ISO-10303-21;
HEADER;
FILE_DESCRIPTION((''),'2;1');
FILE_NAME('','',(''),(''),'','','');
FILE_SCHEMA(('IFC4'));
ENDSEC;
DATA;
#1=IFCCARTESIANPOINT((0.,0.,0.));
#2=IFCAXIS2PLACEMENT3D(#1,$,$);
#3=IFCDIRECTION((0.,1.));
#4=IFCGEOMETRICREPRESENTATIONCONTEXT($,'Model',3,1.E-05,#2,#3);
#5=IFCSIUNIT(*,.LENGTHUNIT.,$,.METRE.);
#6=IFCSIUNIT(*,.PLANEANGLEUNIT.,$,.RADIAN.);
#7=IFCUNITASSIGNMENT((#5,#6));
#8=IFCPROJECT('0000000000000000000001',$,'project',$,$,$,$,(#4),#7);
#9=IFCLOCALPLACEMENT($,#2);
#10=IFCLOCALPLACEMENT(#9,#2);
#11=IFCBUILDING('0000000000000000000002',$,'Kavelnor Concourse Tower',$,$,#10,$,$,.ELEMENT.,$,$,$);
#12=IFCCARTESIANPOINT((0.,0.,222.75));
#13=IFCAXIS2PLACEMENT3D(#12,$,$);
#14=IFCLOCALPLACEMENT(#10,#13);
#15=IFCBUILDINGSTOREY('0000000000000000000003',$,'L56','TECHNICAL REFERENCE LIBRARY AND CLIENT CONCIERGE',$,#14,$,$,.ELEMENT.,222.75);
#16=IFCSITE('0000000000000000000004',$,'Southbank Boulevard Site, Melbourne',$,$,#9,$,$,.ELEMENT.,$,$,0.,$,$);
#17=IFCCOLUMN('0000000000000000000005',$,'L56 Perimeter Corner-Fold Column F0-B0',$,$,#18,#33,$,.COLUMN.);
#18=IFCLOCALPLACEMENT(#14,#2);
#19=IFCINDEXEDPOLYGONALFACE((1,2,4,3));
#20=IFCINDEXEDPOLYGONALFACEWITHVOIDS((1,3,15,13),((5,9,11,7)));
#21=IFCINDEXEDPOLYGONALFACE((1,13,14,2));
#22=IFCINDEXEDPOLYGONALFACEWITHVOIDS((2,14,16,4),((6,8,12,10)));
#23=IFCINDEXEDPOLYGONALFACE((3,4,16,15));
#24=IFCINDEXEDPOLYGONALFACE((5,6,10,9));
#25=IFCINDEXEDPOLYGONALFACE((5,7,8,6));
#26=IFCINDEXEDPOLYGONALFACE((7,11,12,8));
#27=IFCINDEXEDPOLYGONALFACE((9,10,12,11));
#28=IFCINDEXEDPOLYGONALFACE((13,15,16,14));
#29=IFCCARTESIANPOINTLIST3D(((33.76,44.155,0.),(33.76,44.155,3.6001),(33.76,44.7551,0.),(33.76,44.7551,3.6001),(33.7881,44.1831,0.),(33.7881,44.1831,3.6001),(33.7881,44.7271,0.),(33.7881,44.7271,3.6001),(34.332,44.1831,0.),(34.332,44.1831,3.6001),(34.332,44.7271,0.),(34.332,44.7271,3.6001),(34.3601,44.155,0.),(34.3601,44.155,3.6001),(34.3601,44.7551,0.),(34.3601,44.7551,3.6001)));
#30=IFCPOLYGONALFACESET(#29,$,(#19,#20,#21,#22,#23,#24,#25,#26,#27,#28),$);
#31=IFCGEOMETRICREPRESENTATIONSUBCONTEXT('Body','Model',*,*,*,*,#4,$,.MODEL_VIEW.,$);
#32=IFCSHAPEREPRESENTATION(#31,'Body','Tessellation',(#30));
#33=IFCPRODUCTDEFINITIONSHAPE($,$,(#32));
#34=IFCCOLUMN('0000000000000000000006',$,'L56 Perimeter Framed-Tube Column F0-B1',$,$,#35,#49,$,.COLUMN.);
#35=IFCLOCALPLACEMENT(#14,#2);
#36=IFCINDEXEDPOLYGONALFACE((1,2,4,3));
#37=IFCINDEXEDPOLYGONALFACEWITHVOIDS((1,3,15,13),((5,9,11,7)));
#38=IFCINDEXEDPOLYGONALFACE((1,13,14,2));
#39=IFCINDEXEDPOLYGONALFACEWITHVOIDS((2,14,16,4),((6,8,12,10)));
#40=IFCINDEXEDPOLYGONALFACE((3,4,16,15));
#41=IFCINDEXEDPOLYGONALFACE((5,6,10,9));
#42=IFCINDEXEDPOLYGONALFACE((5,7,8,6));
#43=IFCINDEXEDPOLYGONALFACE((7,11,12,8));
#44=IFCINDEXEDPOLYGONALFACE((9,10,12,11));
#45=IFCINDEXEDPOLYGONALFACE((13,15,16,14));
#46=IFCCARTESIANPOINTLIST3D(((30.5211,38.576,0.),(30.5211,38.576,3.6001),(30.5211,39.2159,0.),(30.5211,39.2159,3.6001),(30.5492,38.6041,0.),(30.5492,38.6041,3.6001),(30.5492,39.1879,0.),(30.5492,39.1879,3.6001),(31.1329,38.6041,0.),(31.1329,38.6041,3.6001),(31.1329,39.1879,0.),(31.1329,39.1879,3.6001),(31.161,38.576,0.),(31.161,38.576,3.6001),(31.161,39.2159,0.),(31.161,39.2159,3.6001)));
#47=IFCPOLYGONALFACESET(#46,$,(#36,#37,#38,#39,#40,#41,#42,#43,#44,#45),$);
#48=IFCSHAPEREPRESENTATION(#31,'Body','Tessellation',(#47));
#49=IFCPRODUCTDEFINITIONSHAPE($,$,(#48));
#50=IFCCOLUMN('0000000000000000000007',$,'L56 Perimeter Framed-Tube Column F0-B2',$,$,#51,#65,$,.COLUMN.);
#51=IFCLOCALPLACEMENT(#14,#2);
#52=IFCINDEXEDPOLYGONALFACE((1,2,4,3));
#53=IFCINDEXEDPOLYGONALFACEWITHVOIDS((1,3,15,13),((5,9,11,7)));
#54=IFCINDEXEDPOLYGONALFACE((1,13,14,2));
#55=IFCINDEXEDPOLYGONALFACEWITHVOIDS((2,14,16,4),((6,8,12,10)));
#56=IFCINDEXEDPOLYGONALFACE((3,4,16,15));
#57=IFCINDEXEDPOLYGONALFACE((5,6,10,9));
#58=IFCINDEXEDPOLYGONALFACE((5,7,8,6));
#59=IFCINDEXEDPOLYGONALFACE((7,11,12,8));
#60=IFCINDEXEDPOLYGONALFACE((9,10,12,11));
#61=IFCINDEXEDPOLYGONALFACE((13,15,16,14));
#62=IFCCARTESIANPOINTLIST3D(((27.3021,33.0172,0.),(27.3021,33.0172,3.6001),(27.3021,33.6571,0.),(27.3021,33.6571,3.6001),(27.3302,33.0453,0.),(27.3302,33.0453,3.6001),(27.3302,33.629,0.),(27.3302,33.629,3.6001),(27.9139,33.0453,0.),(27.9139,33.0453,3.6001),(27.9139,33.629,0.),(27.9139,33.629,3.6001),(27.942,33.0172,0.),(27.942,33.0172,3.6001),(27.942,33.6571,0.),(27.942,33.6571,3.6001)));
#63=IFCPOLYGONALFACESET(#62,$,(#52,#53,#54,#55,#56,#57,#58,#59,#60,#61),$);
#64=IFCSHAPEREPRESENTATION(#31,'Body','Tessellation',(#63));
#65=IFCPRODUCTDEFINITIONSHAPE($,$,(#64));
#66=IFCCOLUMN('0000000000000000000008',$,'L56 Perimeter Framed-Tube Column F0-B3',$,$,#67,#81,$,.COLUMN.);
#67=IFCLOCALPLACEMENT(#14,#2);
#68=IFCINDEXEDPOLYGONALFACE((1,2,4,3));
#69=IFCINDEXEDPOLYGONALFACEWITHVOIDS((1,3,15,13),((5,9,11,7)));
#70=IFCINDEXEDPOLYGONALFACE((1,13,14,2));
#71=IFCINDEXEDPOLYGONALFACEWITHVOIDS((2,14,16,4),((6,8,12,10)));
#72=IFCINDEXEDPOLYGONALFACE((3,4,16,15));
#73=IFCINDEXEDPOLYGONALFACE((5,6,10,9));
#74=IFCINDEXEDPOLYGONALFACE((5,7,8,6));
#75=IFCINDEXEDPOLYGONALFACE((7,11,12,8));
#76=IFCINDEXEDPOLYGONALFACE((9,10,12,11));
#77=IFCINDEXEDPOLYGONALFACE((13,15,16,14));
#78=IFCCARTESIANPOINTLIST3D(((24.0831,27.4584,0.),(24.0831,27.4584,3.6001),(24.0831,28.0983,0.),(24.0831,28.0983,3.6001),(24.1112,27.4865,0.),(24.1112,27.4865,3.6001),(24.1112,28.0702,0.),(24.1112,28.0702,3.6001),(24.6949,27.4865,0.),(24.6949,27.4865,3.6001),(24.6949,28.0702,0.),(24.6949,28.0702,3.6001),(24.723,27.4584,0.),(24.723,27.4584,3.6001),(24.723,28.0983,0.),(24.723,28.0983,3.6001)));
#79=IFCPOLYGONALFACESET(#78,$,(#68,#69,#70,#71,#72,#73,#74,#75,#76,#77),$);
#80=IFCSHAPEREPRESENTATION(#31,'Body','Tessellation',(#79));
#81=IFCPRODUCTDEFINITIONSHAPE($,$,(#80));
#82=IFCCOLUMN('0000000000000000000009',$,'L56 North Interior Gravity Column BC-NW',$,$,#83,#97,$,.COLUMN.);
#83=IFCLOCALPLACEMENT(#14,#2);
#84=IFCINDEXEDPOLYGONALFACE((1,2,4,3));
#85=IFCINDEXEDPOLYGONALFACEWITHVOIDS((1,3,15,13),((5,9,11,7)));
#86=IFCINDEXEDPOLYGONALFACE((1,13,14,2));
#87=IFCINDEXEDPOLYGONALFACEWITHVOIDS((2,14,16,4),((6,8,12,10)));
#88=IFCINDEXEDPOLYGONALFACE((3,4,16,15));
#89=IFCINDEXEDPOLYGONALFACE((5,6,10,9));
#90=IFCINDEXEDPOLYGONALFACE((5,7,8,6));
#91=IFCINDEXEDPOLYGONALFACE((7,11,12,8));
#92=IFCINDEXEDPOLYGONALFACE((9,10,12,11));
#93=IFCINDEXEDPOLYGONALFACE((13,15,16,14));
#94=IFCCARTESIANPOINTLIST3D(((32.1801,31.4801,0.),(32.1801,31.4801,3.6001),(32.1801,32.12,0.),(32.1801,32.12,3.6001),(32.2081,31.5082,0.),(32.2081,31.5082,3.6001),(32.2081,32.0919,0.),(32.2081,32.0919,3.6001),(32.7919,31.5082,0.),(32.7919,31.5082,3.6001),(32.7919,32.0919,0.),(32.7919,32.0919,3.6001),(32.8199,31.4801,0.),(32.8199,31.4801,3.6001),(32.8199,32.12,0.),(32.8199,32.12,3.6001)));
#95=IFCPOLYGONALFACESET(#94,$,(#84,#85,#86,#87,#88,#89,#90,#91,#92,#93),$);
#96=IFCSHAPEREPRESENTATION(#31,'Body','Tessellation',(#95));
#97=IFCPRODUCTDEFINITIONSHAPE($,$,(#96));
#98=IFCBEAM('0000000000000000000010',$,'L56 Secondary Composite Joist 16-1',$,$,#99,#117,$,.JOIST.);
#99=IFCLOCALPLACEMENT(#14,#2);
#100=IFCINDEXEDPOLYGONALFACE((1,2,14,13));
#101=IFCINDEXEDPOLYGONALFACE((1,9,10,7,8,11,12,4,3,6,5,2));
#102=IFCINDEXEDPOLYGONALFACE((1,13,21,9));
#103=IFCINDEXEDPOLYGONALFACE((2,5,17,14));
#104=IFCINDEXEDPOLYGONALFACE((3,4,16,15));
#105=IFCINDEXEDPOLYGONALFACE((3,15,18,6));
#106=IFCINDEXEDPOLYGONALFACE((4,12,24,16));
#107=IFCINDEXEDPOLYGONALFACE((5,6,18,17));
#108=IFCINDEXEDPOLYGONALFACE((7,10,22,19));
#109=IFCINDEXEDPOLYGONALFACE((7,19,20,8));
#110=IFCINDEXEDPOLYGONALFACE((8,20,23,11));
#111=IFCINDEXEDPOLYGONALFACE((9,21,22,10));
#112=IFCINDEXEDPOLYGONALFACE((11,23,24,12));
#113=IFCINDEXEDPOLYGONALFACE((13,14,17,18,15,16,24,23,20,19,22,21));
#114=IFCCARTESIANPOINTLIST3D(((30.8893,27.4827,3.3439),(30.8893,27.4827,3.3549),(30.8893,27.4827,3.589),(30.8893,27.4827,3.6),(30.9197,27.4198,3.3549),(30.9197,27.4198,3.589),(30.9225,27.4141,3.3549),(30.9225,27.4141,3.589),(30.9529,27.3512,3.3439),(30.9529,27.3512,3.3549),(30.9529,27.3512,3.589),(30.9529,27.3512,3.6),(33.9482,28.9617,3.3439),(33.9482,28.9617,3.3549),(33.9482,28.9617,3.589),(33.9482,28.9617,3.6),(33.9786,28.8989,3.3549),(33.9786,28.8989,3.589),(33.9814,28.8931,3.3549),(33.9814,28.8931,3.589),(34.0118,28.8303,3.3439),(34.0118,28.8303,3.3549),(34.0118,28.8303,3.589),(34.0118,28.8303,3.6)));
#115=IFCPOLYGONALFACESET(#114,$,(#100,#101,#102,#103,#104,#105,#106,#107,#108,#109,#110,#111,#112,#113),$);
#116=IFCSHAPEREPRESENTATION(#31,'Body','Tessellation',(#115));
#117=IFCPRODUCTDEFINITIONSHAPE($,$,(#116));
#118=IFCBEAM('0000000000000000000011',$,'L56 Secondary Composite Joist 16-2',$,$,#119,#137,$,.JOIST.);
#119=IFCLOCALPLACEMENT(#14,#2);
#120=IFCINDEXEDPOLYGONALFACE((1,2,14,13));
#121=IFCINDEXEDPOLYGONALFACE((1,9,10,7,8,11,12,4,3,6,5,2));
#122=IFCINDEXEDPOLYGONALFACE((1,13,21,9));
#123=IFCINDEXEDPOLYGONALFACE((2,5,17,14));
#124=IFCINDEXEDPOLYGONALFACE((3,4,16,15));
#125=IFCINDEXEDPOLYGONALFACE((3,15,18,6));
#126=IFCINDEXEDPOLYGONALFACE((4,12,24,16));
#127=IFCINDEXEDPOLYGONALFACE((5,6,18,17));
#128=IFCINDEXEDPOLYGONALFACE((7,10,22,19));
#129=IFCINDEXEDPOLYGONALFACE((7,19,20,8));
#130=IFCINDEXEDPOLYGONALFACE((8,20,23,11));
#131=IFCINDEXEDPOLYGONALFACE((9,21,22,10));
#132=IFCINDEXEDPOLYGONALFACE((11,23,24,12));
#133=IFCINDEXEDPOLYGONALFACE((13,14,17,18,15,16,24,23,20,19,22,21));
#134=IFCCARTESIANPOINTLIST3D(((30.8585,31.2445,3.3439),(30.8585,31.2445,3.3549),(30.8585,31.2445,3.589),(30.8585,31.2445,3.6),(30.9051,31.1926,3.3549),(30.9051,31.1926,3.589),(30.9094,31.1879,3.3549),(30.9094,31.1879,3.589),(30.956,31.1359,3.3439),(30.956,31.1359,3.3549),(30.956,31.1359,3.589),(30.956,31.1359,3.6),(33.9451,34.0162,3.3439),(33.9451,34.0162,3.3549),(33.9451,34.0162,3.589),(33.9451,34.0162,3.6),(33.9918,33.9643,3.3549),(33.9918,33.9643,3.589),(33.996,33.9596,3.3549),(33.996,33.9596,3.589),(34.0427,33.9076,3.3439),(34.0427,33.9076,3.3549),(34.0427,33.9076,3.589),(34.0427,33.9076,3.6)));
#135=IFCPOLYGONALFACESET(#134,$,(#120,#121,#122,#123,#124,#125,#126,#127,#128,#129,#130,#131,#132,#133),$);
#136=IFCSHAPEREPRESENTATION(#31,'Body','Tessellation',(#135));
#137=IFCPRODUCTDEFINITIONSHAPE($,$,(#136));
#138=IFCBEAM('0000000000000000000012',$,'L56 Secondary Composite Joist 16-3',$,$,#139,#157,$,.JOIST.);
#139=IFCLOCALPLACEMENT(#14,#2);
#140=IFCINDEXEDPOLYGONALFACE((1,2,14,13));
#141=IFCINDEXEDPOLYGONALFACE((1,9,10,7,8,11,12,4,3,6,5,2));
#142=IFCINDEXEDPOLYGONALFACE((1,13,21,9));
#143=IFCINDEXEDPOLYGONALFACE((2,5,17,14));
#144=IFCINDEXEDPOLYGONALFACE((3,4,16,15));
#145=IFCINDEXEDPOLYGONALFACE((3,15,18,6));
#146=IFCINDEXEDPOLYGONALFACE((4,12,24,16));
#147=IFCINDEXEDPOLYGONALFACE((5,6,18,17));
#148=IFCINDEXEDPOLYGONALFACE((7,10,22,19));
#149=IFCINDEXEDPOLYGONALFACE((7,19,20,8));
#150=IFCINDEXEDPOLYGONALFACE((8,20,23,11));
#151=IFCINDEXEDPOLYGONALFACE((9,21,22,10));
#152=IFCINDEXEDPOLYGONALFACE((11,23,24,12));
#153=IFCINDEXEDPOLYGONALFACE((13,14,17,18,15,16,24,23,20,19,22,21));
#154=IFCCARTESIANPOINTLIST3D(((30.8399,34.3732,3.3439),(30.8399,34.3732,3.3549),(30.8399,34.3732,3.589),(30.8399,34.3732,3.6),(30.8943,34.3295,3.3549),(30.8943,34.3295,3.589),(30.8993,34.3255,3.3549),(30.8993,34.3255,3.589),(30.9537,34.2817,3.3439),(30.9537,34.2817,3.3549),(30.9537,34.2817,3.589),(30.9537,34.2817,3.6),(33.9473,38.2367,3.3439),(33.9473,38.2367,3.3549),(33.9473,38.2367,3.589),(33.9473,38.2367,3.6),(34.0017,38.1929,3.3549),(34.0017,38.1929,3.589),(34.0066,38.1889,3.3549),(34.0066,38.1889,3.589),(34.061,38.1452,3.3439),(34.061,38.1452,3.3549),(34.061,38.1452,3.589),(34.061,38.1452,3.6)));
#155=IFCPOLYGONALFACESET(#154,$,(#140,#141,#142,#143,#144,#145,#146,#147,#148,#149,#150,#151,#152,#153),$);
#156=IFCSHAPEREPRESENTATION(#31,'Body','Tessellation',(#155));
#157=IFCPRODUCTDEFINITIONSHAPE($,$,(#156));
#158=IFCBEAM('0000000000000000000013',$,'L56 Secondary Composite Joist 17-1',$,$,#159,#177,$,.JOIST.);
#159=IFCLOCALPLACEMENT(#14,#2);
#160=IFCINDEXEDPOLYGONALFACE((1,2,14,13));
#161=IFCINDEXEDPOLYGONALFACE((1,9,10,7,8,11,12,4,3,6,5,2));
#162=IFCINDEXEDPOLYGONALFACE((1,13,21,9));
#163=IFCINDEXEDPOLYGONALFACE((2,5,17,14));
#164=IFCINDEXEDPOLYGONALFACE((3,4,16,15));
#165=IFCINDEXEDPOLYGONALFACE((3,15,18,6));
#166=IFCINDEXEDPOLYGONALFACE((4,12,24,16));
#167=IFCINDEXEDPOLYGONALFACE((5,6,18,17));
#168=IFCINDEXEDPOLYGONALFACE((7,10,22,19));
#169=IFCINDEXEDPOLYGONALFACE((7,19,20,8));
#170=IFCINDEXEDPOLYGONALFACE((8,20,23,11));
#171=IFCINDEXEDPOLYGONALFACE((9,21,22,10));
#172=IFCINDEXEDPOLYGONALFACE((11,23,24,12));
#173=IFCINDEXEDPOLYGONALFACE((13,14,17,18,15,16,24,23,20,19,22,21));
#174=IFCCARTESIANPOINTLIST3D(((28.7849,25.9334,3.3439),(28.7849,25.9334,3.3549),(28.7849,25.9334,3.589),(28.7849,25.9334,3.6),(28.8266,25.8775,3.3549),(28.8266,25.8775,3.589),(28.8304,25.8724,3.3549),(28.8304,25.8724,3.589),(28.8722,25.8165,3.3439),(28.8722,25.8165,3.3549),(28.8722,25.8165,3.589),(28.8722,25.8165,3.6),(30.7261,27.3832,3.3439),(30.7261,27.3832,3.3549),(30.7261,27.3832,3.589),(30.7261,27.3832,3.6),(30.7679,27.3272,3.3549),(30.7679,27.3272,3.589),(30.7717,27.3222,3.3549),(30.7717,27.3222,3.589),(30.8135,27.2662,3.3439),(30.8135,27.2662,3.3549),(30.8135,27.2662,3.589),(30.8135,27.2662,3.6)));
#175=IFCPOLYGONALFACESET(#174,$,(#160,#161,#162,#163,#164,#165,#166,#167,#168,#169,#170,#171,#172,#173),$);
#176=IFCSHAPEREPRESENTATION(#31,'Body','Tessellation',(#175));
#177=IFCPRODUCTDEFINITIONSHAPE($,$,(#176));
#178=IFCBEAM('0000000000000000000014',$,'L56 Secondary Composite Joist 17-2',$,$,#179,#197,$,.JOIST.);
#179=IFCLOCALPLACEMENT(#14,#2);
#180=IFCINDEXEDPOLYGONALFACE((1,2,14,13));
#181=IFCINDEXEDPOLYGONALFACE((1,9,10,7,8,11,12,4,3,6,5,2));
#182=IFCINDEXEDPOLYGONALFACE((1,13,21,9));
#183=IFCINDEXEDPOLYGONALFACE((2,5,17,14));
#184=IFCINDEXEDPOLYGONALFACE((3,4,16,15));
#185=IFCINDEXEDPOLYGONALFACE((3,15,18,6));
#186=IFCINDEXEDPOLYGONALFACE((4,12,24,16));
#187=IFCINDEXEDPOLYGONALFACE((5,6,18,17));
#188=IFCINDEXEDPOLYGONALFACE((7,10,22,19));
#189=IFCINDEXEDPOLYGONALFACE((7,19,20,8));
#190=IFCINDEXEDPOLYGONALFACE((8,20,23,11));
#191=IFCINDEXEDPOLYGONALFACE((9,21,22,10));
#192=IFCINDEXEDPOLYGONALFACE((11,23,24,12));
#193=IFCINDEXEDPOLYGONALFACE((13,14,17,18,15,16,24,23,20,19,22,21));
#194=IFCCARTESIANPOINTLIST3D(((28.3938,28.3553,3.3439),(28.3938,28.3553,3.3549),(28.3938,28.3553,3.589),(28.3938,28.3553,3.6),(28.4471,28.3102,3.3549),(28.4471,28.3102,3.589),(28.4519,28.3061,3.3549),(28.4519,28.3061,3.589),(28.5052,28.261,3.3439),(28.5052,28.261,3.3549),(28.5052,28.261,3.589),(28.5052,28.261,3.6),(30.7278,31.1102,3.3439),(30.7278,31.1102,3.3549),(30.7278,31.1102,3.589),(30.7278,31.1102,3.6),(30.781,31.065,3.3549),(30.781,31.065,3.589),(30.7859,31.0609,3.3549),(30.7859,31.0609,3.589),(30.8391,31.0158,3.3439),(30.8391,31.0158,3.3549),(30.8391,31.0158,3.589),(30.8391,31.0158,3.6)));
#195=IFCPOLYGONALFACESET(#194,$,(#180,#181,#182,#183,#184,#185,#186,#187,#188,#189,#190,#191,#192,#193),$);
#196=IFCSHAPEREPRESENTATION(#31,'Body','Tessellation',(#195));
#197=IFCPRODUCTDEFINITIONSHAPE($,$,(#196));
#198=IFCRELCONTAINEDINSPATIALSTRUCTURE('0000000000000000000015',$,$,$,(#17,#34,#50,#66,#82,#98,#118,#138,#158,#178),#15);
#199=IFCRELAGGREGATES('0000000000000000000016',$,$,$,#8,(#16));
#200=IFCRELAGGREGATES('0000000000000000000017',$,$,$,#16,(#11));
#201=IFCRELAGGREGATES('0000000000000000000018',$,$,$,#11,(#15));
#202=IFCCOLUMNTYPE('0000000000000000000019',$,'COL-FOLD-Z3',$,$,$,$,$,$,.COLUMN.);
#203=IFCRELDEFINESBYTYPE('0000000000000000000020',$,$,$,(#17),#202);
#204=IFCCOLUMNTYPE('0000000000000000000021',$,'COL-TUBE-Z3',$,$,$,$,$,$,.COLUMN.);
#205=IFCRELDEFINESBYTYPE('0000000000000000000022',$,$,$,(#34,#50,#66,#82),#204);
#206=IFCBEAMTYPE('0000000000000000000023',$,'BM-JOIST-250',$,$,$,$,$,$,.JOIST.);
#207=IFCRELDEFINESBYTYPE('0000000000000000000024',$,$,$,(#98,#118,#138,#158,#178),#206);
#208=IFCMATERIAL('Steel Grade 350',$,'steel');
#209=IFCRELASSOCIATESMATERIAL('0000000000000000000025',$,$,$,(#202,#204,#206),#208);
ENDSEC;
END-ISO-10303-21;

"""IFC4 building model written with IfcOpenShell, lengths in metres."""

from ifc_helpers import new_model, si_unit, direction, frame, origin, origin_2d, place, context, subcontext, project, spatial, hollow_rectangle, i_section, extrude, material, material_profile, profile_set, type_object, element, save


model = new_model("IFC4")

# Units and contexts
model_context = context("Model", 3, precision=1e-05, world=origin(), true_north=direction((0.0, 1.0)))
body_context = subcontext(model_context, "Body", "Model", "MODEL_VIEW")
ifc_project = project(units=[si_unit("LENGTHUNIT", "METRE"), si_unit("PLANEANGLEUNIT", "RADIAN")], contexts=[model_context])

# Site, building, storey
site_placement = place(None, origin())
site = spatial("IfcSite", under=ifc_project, at=site_placement, Name="Southbank Boulevard Site, Melbourne", CompositionType="ELEMENT", RefElevation=0.0)
building_placement = place(site_placement, origin())
building = spatial("IfcBuilding", under=site, at=building_placement, Name="Kavelnor Concourse Tower", CompositionType="ELEMENT")
storey_placement = place(building_placement, frame((0.0, 0.0, 222.75)))
storey = spatial("IfcBuildingStorey", under=building, at=storey_placement, Name="L56", Description="TECHNICAL REFERENCE LIBRARY AND CLIENT CONCIERGE", CompositionType="ELEMENT", Elevation=222.75)

# Columns
ifc_material_1 = material(Name="Steel Grade 350", Category="steel")
ifc_material_profile_1 = material_profile(ifc_material_1, hollow_rectangle(XDim=0.6001, YDim=0.6001, WallThickness=0.0281, at=origin_2d()), Name="SHS 600x600x28")
ifc_profile_set_1 = profile_set([ifc_material_profile_1], Name="Steel Grade 350")
column_type_1 = type_object("IfcColumnType", Name="COL-FOLD-Z3", PredefinedType="COLUMN", material=ifc_profile_set_1)
column_placement = place(storey_placement, frame((34.0601, 44.4551, 0.0), z_axis=(0.0, 0.0, 1.0), x_axis=(1.0, 0.0, 0.0)))
element("IfcColumn", 1, at=column_placement, inside=storey, type_object=column_type_1, Name="L56 Perimeter Corner-Fold Column F0-B0", PredefinedType="COLUMN", context=body_context, shape_type="SweptSolid", body=[
    extrude(hollow_rectangle(XDim=0.6001, YDim=0.6001, WallThickness=0.0281, at=origin_2d()), origin(), (0.0, 0.0, 1.0), 3.6001),
])
ifc_material_profile_2 = material_profile(ifc_material_1, hollow_rectangle(XDim=0.6399, YDim=0.6399, WallThickness=0.0281, at=origin_2d()), Name="SHS 640x640x28")
ifc_profile_set_2 = profile_set([ifc_material_profile_2], Name="Steel Grade 350")
column_type_2 = type_object("IfcColumnType", Name="COL-TUBE-Z3", PredefinedType="COLUMN", material=ifc_profile_set_2)
for number, where, z_axis, x_axis, name in (
    (2, (30.8411, 38.896, 0.0), (0.0, 0.0, 1.0), (1.0, 0.0, 0.0), "L56 Perimeter Framed-Tube Column F0-B1"),
    (3, (27.6221, 33.3372, 0.0), (0.0, 0.0, 1.0), (1.0, 0.0, 0.0), "L56 Perimeter Framed-Tube Column F0-B2"),
    (4, (24.4031, 27.7783, 0.0), (0.0, 0.0, 1.0), (1.0, 0.0, 0.0), "L56 Perimeter Framed-Tube Column F0-B3"),
    (5, (32.5, 31.8, 0.0), (0.0, 0.0, 1.0), (1.0, 0.0, 0.0), "L56 North Interior Gravity Column BC-NW"),
):
    element("IfcColumn", number, at=place(storey_placement, frame(where, z_axis=z_axis, x_axis=x_axis)), inside=storey, type_object=column_type_2, Name=name, PredefinedType="COLUMN", context=body_context, shape_type="SweptSolid", body=[
        extrude(hollow_rectangle(XDim=0.6399, YDim=0.6399, WallThickness=0.0281, at=origin_2d()), origin(), (0.0, 0.0, 1.0), 3.6001),
    ])

# Beams
ifc_material_profile_3 = material_profile(ifc_material_1, i_section(OverallWidth=0.146, OverallDepth=0.2561, WebThickness=0.0063, FlangeThickness=0.011, at=origin_2d()), Name="250UB37")
ifc_profile_set_3 = profile_set([ifc_material_profile_3], Name="Steel Grade 350")
beam_type_1 = type_object("IfcBeamType", Name="BM-JOIST-250", PredefinedType="JOIST", material=ifc_profile_set_3)
beam_1_placement = place(storey_placement, frame((33.98, 28.896, 3.4719), z_axis=(-0.900284, -0.435304, 0.0), x_axis=(0.435304, -0.900284, 0.0)))
element("IfcBeam", 6, at=beam_1_placement, inside=storey, type_object=beam_type_1, Name="L56 Secondary Composite Joist 16-1", PredefinedType="JOIST", context=body_context, shape_type="SweptSolid", body=[
    extrude(i_section(OverallWidth=0.146, OverallDepth=0.2561, WebThickness=0.0063, FlangeThickness=0.011, at=origin_2d()), origin(), (0.0, 0.0, 1.0), 3.3977),
])
beam_2_placement = place(storey_placement, frame((33.9939, 33.9619, 3.4719), z_axis=(-0.744046, -0.668129, 0.0), x_axis=(0.668129, -0.744046, 0.0)))
element("IfcBeam", 7, at=beam_2_placement, inside=storey, type_object=beam_type_1, Name="L56 Secondary Composite Joist 16-2", PredefinedType="JOIST", context=body_context, shape_type="SweptSolid", body=[
    extrude(i_section(OverallWidth=0.146, OverallDepth=0.2561, WebThickness=0.0063, FlangeThickness=0.011, at=origin_2d()), origin(), (0.0, 0.0, 1.0), 4.1484),
])
beam_3_placement = place(storey_placement, frame((34.0042, 38.1909, 3.4719), z_axis=(-0.626735, -0.779233, 0.0), x_axis=(0.779233, -0.626735, 0.0)))
element("IfcBeam", 8, at=beam_3_placement, inside=storey, type_object=beam_type_1, Name="L56 Secondary Composite Joist 16-3", PredefinedType="JOIST", context=body_context, shape_type="SweptSolid", body=[
    extrude(i_section(OverallWidth=0.146, OverallDepth=0.2561, WebThickness=0.0063, FlangeThickness=0.011, at=origin_2d()), origin(), (0.0, 0.0, 1.0), 4.958),
])
beam_4_placement = place(storey_placement, frame((30.7698, 27.3247, 3.4719), z_axis=(-0.80122, -0.59837, 0.0), x_axis=(0.59837, -0.80122, 0.0)))
element("IfcBeam", 9, at=beam_4_placement, inside=storey, type_object=beam_type_1, Name="L56 Secondary Composite Joist 17-1", PredefinedType="JOIST", context=body_context, shape_type="SweptSolid", body=[
    extrude(i_section(OverallWidth=0.146, OverallDepth=0.2561, WebThickness=0.0063, FlangeThickness=0.011, at=origin_2d()), origin(), (0.0, 0.0, 1.0), 2.4229),
])
beam_5_placement = place(storey_placement, frame((30.7834, 31.063, 3.4719), z_axis=(-0.646415, -0.762986, 0.0), x_axis=(0.762986, -0.646415, 0.0)))
element("IfcBeam", 10, at=beam_5_placement, inside=storey, type_object=beam_type_1, Name="L56 Secondary Composite Joist 17-2", PredefinedType="JOIST", context=body_context, shape_type="SweptSolid", body=[
    extrude(i_section(OverallWidth=0.146, OverallDepth=0.2561, WebThickness=0.0063, FlangeThickness=0.011, at=origin_2d()), origin(), (0.0, 0.0, 1.0), 3.6106),
])

save(model, "model.ifc")
